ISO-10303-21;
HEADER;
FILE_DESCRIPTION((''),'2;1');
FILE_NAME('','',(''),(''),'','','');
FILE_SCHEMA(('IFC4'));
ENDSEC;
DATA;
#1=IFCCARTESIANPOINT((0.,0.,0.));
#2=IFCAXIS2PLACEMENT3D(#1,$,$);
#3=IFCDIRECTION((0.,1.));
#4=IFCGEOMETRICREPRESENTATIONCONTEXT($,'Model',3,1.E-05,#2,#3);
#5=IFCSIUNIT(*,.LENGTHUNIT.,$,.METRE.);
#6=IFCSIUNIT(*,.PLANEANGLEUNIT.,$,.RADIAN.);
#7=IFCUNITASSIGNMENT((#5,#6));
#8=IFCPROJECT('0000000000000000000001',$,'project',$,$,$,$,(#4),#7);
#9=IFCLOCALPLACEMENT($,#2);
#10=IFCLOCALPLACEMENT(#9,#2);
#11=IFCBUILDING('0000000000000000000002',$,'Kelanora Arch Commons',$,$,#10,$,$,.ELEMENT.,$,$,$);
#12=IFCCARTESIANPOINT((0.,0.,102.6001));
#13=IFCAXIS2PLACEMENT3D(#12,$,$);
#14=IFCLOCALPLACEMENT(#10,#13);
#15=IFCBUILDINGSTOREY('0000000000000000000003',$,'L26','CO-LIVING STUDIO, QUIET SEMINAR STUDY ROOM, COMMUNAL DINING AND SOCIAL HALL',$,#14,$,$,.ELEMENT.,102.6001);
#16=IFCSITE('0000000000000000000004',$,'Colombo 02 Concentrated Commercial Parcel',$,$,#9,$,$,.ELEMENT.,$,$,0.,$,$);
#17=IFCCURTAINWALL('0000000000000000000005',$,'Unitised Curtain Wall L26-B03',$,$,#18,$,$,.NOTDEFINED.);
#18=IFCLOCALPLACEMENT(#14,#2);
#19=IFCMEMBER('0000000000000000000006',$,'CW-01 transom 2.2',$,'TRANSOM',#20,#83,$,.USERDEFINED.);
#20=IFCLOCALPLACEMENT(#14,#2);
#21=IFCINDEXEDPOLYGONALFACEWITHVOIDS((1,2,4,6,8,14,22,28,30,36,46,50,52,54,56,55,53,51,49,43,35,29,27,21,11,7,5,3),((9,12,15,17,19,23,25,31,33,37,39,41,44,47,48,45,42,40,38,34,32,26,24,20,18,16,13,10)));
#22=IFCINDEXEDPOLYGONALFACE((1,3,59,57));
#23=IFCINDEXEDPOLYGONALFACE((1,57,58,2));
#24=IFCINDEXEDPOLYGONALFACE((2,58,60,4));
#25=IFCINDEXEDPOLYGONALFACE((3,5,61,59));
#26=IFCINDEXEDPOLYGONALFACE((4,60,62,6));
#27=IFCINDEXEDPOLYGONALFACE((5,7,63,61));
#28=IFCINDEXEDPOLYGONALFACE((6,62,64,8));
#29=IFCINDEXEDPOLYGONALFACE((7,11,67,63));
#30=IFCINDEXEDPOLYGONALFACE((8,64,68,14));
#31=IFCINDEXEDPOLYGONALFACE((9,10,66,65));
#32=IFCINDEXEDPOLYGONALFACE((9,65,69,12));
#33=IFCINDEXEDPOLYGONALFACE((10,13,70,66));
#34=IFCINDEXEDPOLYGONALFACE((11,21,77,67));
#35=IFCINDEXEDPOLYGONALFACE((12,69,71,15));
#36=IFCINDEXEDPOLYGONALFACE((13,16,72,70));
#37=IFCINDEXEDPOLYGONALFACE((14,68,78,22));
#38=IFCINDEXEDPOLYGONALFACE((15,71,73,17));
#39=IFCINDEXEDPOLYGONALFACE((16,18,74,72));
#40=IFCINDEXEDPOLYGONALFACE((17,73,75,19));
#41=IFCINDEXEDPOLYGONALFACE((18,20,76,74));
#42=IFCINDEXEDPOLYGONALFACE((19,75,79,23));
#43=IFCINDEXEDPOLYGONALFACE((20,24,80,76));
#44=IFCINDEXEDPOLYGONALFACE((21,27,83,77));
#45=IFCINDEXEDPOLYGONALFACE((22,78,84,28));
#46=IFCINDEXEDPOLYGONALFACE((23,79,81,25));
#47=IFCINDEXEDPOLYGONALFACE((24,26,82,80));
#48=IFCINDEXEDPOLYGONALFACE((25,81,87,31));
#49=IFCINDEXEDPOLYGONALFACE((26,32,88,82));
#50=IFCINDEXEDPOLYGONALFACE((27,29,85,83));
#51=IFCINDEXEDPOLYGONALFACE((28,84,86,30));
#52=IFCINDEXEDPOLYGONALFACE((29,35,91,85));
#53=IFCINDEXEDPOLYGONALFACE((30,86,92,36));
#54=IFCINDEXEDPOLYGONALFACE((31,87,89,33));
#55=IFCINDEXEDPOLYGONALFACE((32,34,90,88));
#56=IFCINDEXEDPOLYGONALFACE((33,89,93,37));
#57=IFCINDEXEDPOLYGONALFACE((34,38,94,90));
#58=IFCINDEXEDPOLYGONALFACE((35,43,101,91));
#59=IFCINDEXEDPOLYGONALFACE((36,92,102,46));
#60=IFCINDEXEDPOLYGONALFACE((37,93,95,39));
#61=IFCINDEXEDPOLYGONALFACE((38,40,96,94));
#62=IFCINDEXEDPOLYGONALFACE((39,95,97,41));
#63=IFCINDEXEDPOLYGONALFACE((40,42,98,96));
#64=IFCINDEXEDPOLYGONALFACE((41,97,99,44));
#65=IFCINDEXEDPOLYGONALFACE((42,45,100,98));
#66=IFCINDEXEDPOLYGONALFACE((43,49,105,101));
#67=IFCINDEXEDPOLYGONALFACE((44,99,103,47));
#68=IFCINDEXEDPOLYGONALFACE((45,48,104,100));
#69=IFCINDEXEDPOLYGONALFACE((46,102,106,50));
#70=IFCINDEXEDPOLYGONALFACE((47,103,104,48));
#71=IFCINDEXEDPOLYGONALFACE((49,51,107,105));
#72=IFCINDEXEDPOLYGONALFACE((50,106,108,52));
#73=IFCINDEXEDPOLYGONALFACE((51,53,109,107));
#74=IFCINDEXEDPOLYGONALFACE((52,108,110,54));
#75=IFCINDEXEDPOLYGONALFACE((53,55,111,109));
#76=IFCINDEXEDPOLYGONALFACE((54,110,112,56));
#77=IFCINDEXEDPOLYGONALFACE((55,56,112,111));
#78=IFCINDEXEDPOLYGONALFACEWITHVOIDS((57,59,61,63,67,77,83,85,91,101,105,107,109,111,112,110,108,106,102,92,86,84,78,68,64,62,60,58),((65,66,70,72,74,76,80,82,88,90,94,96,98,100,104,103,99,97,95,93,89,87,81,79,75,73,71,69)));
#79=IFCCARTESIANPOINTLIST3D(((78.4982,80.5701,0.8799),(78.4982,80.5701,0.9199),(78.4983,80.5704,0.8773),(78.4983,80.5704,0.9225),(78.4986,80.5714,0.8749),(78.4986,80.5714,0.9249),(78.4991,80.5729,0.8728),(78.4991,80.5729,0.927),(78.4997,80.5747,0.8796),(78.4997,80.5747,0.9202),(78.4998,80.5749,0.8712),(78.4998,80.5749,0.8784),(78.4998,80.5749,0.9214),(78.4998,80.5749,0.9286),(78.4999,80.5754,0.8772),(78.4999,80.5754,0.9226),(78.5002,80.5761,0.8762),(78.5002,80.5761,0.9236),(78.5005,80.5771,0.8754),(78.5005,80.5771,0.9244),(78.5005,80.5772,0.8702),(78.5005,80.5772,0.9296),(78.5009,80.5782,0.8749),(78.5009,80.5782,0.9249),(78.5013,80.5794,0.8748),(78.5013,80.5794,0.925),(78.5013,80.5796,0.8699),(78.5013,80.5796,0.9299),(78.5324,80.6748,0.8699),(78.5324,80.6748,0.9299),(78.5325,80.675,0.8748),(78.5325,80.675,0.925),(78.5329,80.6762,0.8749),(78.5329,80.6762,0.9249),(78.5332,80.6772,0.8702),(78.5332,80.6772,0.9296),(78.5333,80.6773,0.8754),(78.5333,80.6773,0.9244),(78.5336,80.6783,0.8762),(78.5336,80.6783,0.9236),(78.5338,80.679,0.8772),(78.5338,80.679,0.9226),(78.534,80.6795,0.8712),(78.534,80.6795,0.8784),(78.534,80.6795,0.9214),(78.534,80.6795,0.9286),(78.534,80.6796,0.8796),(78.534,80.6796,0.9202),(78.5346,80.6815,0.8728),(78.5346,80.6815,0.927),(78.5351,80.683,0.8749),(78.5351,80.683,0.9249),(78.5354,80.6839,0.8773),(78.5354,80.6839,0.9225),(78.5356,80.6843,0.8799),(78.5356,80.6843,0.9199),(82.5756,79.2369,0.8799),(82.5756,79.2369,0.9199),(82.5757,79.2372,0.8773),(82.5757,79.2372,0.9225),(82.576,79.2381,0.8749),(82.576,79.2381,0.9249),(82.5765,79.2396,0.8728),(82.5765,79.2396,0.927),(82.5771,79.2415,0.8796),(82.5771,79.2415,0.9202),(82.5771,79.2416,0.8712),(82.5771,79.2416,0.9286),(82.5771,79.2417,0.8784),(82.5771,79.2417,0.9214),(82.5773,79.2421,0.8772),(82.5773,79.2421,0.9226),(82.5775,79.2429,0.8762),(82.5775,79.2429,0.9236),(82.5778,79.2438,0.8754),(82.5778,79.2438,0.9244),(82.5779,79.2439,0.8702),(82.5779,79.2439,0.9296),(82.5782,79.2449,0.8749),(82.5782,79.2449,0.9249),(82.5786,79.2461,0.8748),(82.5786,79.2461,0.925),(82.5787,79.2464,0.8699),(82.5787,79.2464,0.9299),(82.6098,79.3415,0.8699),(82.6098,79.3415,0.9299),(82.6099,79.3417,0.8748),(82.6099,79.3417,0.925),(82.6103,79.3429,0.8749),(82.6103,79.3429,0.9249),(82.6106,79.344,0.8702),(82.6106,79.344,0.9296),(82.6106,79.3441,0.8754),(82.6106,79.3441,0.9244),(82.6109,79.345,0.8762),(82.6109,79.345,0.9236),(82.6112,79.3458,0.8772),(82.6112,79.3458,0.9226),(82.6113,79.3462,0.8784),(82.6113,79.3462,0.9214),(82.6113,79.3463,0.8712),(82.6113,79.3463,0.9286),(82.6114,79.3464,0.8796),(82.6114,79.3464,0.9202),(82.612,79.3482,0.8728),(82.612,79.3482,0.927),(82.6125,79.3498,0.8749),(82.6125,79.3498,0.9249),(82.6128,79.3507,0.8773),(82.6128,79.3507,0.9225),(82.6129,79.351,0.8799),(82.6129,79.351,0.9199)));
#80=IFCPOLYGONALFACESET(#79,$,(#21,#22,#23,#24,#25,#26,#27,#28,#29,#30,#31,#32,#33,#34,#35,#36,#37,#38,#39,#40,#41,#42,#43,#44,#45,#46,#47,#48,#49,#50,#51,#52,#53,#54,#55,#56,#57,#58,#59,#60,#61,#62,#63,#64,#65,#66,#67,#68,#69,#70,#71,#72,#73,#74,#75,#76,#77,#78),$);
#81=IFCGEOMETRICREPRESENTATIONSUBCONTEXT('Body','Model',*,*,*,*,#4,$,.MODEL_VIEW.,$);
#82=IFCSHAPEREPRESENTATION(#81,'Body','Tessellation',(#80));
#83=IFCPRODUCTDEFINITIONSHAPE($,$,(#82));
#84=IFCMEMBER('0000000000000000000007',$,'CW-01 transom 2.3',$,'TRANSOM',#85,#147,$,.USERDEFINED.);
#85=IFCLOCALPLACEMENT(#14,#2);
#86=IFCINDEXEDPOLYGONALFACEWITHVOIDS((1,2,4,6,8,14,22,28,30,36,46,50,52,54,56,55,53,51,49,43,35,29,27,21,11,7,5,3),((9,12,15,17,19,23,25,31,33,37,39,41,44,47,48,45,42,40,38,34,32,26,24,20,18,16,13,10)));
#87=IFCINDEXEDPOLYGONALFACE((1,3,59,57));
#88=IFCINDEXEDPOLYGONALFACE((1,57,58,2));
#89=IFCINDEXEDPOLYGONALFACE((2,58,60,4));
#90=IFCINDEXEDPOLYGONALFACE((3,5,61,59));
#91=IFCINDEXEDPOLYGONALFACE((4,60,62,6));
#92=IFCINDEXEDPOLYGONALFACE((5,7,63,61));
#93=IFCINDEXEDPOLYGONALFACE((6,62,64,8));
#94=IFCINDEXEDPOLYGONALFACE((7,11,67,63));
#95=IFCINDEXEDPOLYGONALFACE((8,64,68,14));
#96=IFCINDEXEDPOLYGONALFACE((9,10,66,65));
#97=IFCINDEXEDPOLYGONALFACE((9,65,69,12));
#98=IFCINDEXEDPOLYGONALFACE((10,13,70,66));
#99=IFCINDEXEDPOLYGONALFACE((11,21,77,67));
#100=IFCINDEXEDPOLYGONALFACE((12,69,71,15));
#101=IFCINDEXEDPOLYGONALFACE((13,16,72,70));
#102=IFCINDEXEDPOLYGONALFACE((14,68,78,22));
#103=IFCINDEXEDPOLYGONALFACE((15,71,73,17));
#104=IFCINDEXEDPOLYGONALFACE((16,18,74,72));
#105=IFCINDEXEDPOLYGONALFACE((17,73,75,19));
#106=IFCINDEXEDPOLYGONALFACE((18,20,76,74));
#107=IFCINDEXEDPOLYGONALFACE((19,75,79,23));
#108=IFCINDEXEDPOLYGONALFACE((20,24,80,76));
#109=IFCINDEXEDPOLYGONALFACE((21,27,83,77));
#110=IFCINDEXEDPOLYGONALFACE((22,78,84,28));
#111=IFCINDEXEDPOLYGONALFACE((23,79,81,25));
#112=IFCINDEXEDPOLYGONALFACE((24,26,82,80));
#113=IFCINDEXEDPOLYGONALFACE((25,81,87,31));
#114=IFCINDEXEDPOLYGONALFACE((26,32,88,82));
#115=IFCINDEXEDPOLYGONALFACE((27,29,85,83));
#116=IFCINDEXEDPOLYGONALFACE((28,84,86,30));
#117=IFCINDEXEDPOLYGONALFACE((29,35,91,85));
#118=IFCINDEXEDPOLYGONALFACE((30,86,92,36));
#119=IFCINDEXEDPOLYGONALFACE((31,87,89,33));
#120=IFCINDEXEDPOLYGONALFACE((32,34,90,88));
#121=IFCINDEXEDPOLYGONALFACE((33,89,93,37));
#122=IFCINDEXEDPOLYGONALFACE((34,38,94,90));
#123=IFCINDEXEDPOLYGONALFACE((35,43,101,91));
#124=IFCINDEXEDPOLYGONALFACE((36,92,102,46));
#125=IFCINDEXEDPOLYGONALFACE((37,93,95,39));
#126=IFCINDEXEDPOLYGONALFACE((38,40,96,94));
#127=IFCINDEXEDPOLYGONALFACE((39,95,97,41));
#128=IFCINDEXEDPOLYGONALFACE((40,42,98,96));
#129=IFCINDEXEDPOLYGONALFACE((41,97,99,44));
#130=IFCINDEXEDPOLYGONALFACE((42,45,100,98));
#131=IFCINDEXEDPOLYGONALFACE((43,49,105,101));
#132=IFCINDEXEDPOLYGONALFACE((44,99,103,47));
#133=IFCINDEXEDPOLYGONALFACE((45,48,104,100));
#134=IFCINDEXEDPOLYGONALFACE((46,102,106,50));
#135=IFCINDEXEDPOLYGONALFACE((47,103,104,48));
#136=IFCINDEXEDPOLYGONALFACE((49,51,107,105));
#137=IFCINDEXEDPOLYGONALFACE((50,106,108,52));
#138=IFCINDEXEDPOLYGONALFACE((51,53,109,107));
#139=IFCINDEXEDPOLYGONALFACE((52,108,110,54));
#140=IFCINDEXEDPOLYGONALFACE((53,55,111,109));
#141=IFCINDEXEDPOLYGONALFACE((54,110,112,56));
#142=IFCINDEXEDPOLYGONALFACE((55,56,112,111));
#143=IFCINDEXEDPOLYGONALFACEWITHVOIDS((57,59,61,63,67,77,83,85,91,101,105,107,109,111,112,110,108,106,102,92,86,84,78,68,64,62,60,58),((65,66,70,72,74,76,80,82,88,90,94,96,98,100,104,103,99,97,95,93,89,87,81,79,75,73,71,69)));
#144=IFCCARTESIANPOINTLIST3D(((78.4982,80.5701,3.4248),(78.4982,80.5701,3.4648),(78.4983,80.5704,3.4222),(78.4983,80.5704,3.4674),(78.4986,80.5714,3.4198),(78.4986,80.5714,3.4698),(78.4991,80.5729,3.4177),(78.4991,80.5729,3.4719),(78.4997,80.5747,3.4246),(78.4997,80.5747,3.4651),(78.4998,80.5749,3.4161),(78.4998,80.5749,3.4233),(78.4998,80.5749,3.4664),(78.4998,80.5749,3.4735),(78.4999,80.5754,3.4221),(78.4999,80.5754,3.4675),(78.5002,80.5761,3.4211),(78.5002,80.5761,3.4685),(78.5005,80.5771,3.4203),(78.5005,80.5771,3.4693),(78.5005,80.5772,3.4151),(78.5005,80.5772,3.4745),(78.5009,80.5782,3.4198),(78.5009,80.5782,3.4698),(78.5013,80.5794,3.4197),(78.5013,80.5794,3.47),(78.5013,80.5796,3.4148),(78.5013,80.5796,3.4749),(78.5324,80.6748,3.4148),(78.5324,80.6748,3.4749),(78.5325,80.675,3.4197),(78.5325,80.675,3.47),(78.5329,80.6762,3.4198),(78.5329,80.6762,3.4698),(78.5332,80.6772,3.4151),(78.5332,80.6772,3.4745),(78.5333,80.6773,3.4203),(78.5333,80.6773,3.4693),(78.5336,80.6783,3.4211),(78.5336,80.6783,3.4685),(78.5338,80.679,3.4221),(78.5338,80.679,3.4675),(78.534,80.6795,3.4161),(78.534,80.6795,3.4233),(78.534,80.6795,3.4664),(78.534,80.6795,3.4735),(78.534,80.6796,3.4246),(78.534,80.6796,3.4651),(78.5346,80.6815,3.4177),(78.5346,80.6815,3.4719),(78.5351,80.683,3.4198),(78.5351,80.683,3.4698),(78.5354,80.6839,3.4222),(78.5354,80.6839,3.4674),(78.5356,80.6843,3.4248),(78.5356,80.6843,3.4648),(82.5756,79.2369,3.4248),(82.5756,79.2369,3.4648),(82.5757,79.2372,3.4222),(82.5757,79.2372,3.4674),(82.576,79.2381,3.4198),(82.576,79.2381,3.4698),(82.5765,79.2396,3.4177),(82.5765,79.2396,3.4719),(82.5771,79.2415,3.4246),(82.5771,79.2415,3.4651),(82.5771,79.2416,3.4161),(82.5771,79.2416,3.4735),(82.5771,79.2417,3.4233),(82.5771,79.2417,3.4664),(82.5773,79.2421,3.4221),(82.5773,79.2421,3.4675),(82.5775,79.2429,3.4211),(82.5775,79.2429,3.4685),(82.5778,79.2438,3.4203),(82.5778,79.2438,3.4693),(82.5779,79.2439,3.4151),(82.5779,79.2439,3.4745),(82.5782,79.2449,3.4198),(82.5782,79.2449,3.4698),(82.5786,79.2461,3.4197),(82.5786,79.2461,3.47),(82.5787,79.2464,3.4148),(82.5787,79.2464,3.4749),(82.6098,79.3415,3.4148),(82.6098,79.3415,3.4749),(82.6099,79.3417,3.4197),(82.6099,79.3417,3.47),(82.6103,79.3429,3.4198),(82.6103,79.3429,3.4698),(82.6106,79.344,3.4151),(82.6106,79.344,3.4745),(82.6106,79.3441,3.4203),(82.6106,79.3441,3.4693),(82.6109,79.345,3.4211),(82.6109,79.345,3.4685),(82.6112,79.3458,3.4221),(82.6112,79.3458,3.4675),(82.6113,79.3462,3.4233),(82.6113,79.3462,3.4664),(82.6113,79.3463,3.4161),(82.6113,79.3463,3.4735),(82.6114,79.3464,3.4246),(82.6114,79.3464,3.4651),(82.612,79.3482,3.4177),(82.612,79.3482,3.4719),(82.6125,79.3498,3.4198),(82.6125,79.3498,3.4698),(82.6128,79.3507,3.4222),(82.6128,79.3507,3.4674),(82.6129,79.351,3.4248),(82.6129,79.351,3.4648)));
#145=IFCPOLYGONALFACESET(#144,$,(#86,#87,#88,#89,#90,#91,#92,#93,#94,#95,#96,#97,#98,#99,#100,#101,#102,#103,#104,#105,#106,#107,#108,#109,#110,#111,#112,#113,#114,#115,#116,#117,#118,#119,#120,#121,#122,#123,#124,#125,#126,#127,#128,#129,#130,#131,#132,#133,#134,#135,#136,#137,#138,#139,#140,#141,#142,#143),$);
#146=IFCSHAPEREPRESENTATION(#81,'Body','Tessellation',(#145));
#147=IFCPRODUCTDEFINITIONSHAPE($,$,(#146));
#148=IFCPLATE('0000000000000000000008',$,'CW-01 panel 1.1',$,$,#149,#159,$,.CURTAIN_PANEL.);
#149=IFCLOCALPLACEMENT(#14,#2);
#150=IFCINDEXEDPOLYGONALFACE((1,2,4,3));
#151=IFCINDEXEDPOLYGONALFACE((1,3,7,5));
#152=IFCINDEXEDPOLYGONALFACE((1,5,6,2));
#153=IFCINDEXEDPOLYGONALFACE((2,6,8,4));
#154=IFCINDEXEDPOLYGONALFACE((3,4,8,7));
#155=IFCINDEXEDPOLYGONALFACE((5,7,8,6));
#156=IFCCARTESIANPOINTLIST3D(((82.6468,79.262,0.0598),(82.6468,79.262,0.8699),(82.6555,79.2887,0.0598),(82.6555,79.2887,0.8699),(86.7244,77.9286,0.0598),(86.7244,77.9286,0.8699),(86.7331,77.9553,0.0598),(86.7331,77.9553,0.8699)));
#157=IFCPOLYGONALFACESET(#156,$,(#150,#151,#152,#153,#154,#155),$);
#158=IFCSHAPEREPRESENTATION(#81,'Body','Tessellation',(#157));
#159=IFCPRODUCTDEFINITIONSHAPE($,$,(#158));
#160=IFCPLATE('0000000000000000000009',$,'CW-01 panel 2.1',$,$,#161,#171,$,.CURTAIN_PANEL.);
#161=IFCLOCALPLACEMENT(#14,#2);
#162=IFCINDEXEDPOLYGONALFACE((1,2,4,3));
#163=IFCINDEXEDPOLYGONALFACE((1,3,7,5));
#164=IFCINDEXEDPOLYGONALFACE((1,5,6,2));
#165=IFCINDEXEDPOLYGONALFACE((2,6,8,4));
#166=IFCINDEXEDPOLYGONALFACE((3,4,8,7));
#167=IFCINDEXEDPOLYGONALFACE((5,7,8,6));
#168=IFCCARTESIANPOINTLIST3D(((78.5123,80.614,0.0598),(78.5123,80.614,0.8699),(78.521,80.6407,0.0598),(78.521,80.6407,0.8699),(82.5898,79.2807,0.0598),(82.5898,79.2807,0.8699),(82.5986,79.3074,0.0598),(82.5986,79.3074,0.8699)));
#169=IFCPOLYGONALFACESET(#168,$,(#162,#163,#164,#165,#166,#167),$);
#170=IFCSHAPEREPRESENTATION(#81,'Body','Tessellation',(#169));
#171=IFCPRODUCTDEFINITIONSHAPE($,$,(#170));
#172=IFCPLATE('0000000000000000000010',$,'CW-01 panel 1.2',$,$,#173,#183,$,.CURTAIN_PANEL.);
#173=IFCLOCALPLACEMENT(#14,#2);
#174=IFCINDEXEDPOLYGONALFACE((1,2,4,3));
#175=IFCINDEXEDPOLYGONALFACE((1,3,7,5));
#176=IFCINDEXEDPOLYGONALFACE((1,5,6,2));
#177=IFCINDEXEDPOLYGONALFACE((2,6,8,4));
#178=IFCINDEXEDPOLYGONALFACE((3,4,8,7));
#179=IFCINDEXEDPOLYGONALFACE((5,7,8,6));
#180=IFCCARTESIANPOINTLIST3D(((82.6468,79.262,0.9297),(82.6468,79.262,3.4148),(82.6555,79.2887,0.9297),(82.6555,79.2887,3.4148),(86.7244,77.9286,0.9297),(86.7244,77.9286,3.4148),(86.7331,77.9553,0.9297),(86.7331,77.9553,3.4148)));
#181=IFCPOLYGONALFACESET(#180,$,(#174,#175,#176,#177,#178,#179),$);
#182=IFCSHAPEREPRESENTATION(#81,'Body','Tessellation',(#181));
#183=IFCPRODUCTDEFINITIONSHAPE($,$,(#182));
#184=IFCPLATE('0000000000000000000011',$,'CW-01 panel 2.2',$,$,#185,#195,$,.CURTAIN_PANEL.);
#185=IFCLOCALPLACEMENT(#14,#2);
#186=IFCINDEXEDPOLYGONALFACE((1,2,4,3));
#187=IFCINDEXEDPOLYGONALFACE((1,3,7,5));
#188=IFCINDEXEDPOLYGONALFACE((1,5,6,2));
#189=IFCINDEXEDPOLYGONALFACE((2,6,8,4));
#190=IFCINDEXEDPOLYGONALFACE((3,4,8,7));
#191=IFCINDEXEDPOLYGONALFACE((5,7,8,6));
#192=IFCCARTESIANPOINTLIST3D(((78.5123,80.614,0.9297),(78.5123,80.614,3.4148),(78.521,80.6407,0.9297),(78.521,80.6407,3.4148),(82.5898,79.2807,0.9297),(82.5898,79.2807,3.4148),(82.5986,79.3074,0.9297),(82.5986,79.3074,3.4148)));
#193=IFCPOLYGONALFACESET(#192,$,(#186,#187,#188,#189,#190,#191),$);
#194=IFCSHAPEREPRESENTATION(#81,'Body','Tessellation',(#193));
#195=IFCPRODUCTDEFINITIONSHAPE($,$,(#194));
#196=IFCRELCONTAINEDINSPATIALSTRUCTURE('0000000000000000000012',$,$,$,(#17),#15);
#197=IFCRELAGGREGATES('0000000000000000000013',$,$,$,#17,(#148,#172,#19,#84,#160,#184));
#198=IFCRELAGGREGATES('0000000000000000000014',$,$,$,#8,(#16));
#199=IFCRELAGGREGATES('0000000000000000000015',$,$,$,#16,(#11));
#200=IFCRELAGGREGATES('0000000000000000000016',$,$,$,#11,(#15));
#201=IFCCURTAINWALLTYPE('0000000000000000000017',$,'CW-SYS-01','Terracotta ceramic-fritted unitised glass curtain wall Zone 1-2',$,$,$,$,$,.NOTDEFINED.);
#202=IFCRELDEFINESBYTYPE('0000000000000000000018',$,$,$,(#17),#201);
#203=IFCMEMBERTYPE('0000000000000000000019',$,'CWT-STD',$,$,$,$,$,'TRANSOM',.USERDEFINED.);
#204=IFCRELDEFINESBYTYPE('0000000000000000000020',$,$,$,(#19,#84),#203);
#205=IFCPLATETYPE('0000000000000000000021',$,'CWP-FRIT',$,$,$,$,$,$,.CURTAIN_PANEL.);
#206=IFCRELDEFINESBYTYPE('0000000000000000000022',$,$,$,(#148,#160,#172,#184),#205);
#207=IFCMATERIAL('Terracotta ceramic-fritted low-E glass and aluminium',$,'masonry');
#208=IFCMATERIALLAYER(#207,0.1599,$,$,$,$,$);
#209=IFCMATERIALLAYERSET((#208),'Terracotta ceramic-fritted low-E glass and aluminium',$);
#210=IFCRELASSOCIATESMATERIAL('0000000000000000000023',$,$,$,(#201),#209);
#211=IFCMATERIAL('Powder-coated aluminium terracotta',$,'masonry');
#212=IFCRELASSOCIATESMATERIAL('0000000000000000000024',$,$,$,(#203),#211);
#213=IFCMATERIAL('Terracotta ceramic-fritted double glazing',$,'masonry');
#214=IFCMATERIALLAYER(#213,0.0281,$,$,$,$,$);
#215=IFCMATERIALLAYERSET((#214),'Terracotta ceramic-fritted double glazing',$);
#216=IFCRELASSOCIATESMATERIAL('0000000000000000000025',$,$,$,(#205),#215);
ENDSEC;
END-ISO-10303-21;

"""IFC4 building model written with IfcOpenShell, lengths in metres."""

from ifc_helpers import new_model, si_unit, direction, frame, origin, origin_2d, place, context, subcontext, project, spatial, rectangle, hollow_rectangle, extrude, source, transform, mapped, material, layer, layer_set, material_profile, profile_set, type_object, element, aggregate, save


model = new_model("IFC4")

# Units and contexts
model_context = context("Model", 3, precision=1e-05, world=origin(), true_north=direction((0.0, 1.0)))
body_context = subcontext(model_context, "Body", "Model", "MODEL_VIEW")
ifc_project = project(units=[si_unit("LENGTHUNIT", "METRE"), si_unit("PLANEANGLEUNIT", "RADIAN")], contexts=[model_context])

# Site, building, storey
site_placement = place(None, origin())
site = spatial("IfcSite", under=ifc_project, at=site_placement, Name="Colombo 02 Concentrated Commercial Parcel", CompositionType="ELEMENT", RefElevation=0.0)
building_placement = place(site_placement, origin())
building = spatial("IfcBuilding", under=site, at=building_placement, Name="Kelanora Arch Commons", CompositionType="ELEMENT")
storey_placement = place(building_placement, frame((0.0, 0.0, 102.6001)))
storey = spatial("IfcBuildingStorey", under=building, at=storey_placement, Name="L26", Description="CO-LIVING STUDIO, QUIET SEMINAR STUDY ROOM, COMMUNAL DINING AND SOCIAL HALL", CompositionType="ELEMENT", Elevation=102.6001)

# Curtain wall, members, plates
ifc_material_1 = material(Name="Terracotta ceramic-fritted low-E glass and aluminium", Category="masonry")
ifc_layer_1 = layer(ifc_material_1, 0.1599)
ifc_layer_set_1 = layer_set([ifc_layer_1], Name="Terracotta ceramic-fritted low-E glass and aluminium")
curtain_wall_type = type_object("IfcCurtainWallType", Name="CW-SYS-01", Description="Terracotta ceramic-fritted unitised glass curtain wall Zone 1-2", PredefinedType="NOTDEFINED", material=ifc_layer_set_1)
curtain_wall_placement = place(storey_placement, origin())
curtain_wall = element("IfcCurtainWall", 1, at=curtain_wall_placement, inside=storey, type_object=curtain_wall_type, Name="Unitised Curtain Wall L26-B03", PredefinedType="NOTDEFINED")
ifc_material_2 = material(Name="Powder-coated aluminium terracotta", Category="masonry")
ifc_material_profile_1 = material_profile(ifc_material_2, hollow_rectangle(XDim=0.1201, YDim=0.0601, WallThickness=0.0049, InnerFilletRadius=0.0049, OuterFilletRadius=0.01, at=origin_2d()), Name="CWT120x60")
ifc_profile_set_1 = profile_set([ifc_material_profile_1], Name="Powder-coated aluminium terracotta")
member_type_1 = type_object("IfcMemberType", Name="CWT-STD", ElementType="TRANSOM", PredefinedType="USERDEFINED", material=ifc_profile_set_1)
member_1_placement = place(storey_placement, frame((82.5942, 79.2939, 0.8999), z_axis=(-0.950478, 0.310793, 0.0), x_axis=(-0.310793, -0.950478, 0.0)))
member_1 = element("IfcMember", 2, at=member_1_placement, type_object=member_type_1, Name="CW-01 transom 2.2", ObjectType="TRANSOM", PredefinedType="USERDEFINED", context=body_context, shape_type="SweptSolid", body=[
    extrude(hollow_rectangle(XDim=0.1201, YDim=0.0601, WallThickness=0.0049, InnerFilletRadius=0.0049, OuterFilletRadius=0.01, at=origin_2d()), origin(), (0.0, 0.0, 1.0), 4.2898),
])
member_2_placement = place(storey_placement, frame((82.5942, 79.2939, 3.4448), z_axis=(-0.950478, 0.310793, 0.0), x_axis=(-0.310793, -0.950478, 0.0)))
member_2 = element("IfcMember", 3, at=member_2_placement, type_object=member_type_1, Name="CW-01 transom 2.3", ObjectType="TRANSOM", PredefinedType="USERDEFINED", context=body_context, shape_type="SweptSolid", body=[
    extrude(hollow_rectangle(XDim=0.1201, YDim=0.0601, WallThickness=0.0049, InnerFilletRadius=0.0049, OuterFilletRadius=0.01, at=origin_2d()), origin(), (0.0, 0.0, 1.0), 4.2898),
])
ifc_material_3 = material(Name="Terracotta ceramic-fritted double glazing", Category="masonry")
ifc_layer_2 = layer(ifc_material_3, 0.0281)
ifc_layer_set_2 = layer_set([ifc_layer_2], Name="Terracotta ceramic-fritted double glazing")
plate_type = type_object("IfcPlateType", Name="CWP-FRIT", PredefinedType="CURTAIN_PANEL", material=ifc_layer_set_2)
shared_shape_1 = source(origin(), body_context, "Body", "SweptSolid", [
    extrude(rectangle(XDim=4.29, YDim=0.0281, at=origin_2d()), origin(), (0.0, 0.0, 1.0), 0.8101),
])
plate_1_placement = place(storey_placement, frame((84.6899, 78.6086, 0.0598), z_axis=(0.0, 0.0, 1.0), x_axis=(-0.950474, 0.310805, 0.0)))
plate_1 = element("IfcPlate", 4, at=plate_1_placement, type_object=plate_type, Name="CW-01 panel 1.1", PredefinedType="CURTAIN_PANEL", context=body_context, shape_type="MappedRepresentation", body=[
    mapped(shared_shape_1, transform((0.0, 0.0, 0.0), scale=1.0)),
])
plate_2_placement = place(storey_placement, frame((80.5554, 79.9607, 0.0598), z_axis=(0.0, 0.0, 1.0), x_axis=(-0.950474, 0.310805, 0.0)))
plate_2 = element("IfcPlate", 5, at=plate_2_placement, type_object=plate_type, Name="CW-01 panel 2.1", PredefinedType="CURTAIN_PANEL", context=body_context, shape_type="MappedRepresentation", body=[
    mapped(shared_shape_1, transform((0.0, 0.0, 0.0), scale=1.0)),
])
shared_shape_2 = source(origin(), body_context, "Body", "SweptSolid", [
    extrude(rectangle(XDim=4.29, YDim=0.0281, at=origin_2d()), origin(), (0.0, 0.0, 1.0), 2.4851),
])
plate_3_placement = place(storey_placement, frame((84.6899, 78.6086, 0.9297), z_axis=(0.0, 0.0, 1.0), x_axis=(-0.950474, 0.310805, 0.0)))
plate_3 = element("IfcPlate", 6, at=plate_3_placement, type_object=plate_type, Name="CW-01 panel 1.2", PredefinedType="CURTAIN_PANEL", context=body_context, shape_type="MappedRepresentation", body=[
    mapped(shared_shape_2, transform((0.0, 0.0, 0.0), scale=1.0)),
])
plate_4_placement = place(storey_placement, frame((80.5554, 79.9607, 0.9297), z_axis=(0.0, 0.0, 1.0), x_axis=(-0.950474, 0.310805, 0.0)))
plate_4 = element("IfcPlate", 7, at=plate_4_placement, type_object=plate_type, Name="CW-01 panel 2.2", PredefinedType="CURTAIN_PANEL", context=body_context, shape_type="MappedRepresentation", body=[
    mapped(shared_shape_2, transform((0.0, 0.0, 0.0), scale=1.0)),
])
aggregate(curtain_wall, [plate_1, plate_3, member_1, member_2, plate_2, plate_4])

save(model, "model.ifc")
